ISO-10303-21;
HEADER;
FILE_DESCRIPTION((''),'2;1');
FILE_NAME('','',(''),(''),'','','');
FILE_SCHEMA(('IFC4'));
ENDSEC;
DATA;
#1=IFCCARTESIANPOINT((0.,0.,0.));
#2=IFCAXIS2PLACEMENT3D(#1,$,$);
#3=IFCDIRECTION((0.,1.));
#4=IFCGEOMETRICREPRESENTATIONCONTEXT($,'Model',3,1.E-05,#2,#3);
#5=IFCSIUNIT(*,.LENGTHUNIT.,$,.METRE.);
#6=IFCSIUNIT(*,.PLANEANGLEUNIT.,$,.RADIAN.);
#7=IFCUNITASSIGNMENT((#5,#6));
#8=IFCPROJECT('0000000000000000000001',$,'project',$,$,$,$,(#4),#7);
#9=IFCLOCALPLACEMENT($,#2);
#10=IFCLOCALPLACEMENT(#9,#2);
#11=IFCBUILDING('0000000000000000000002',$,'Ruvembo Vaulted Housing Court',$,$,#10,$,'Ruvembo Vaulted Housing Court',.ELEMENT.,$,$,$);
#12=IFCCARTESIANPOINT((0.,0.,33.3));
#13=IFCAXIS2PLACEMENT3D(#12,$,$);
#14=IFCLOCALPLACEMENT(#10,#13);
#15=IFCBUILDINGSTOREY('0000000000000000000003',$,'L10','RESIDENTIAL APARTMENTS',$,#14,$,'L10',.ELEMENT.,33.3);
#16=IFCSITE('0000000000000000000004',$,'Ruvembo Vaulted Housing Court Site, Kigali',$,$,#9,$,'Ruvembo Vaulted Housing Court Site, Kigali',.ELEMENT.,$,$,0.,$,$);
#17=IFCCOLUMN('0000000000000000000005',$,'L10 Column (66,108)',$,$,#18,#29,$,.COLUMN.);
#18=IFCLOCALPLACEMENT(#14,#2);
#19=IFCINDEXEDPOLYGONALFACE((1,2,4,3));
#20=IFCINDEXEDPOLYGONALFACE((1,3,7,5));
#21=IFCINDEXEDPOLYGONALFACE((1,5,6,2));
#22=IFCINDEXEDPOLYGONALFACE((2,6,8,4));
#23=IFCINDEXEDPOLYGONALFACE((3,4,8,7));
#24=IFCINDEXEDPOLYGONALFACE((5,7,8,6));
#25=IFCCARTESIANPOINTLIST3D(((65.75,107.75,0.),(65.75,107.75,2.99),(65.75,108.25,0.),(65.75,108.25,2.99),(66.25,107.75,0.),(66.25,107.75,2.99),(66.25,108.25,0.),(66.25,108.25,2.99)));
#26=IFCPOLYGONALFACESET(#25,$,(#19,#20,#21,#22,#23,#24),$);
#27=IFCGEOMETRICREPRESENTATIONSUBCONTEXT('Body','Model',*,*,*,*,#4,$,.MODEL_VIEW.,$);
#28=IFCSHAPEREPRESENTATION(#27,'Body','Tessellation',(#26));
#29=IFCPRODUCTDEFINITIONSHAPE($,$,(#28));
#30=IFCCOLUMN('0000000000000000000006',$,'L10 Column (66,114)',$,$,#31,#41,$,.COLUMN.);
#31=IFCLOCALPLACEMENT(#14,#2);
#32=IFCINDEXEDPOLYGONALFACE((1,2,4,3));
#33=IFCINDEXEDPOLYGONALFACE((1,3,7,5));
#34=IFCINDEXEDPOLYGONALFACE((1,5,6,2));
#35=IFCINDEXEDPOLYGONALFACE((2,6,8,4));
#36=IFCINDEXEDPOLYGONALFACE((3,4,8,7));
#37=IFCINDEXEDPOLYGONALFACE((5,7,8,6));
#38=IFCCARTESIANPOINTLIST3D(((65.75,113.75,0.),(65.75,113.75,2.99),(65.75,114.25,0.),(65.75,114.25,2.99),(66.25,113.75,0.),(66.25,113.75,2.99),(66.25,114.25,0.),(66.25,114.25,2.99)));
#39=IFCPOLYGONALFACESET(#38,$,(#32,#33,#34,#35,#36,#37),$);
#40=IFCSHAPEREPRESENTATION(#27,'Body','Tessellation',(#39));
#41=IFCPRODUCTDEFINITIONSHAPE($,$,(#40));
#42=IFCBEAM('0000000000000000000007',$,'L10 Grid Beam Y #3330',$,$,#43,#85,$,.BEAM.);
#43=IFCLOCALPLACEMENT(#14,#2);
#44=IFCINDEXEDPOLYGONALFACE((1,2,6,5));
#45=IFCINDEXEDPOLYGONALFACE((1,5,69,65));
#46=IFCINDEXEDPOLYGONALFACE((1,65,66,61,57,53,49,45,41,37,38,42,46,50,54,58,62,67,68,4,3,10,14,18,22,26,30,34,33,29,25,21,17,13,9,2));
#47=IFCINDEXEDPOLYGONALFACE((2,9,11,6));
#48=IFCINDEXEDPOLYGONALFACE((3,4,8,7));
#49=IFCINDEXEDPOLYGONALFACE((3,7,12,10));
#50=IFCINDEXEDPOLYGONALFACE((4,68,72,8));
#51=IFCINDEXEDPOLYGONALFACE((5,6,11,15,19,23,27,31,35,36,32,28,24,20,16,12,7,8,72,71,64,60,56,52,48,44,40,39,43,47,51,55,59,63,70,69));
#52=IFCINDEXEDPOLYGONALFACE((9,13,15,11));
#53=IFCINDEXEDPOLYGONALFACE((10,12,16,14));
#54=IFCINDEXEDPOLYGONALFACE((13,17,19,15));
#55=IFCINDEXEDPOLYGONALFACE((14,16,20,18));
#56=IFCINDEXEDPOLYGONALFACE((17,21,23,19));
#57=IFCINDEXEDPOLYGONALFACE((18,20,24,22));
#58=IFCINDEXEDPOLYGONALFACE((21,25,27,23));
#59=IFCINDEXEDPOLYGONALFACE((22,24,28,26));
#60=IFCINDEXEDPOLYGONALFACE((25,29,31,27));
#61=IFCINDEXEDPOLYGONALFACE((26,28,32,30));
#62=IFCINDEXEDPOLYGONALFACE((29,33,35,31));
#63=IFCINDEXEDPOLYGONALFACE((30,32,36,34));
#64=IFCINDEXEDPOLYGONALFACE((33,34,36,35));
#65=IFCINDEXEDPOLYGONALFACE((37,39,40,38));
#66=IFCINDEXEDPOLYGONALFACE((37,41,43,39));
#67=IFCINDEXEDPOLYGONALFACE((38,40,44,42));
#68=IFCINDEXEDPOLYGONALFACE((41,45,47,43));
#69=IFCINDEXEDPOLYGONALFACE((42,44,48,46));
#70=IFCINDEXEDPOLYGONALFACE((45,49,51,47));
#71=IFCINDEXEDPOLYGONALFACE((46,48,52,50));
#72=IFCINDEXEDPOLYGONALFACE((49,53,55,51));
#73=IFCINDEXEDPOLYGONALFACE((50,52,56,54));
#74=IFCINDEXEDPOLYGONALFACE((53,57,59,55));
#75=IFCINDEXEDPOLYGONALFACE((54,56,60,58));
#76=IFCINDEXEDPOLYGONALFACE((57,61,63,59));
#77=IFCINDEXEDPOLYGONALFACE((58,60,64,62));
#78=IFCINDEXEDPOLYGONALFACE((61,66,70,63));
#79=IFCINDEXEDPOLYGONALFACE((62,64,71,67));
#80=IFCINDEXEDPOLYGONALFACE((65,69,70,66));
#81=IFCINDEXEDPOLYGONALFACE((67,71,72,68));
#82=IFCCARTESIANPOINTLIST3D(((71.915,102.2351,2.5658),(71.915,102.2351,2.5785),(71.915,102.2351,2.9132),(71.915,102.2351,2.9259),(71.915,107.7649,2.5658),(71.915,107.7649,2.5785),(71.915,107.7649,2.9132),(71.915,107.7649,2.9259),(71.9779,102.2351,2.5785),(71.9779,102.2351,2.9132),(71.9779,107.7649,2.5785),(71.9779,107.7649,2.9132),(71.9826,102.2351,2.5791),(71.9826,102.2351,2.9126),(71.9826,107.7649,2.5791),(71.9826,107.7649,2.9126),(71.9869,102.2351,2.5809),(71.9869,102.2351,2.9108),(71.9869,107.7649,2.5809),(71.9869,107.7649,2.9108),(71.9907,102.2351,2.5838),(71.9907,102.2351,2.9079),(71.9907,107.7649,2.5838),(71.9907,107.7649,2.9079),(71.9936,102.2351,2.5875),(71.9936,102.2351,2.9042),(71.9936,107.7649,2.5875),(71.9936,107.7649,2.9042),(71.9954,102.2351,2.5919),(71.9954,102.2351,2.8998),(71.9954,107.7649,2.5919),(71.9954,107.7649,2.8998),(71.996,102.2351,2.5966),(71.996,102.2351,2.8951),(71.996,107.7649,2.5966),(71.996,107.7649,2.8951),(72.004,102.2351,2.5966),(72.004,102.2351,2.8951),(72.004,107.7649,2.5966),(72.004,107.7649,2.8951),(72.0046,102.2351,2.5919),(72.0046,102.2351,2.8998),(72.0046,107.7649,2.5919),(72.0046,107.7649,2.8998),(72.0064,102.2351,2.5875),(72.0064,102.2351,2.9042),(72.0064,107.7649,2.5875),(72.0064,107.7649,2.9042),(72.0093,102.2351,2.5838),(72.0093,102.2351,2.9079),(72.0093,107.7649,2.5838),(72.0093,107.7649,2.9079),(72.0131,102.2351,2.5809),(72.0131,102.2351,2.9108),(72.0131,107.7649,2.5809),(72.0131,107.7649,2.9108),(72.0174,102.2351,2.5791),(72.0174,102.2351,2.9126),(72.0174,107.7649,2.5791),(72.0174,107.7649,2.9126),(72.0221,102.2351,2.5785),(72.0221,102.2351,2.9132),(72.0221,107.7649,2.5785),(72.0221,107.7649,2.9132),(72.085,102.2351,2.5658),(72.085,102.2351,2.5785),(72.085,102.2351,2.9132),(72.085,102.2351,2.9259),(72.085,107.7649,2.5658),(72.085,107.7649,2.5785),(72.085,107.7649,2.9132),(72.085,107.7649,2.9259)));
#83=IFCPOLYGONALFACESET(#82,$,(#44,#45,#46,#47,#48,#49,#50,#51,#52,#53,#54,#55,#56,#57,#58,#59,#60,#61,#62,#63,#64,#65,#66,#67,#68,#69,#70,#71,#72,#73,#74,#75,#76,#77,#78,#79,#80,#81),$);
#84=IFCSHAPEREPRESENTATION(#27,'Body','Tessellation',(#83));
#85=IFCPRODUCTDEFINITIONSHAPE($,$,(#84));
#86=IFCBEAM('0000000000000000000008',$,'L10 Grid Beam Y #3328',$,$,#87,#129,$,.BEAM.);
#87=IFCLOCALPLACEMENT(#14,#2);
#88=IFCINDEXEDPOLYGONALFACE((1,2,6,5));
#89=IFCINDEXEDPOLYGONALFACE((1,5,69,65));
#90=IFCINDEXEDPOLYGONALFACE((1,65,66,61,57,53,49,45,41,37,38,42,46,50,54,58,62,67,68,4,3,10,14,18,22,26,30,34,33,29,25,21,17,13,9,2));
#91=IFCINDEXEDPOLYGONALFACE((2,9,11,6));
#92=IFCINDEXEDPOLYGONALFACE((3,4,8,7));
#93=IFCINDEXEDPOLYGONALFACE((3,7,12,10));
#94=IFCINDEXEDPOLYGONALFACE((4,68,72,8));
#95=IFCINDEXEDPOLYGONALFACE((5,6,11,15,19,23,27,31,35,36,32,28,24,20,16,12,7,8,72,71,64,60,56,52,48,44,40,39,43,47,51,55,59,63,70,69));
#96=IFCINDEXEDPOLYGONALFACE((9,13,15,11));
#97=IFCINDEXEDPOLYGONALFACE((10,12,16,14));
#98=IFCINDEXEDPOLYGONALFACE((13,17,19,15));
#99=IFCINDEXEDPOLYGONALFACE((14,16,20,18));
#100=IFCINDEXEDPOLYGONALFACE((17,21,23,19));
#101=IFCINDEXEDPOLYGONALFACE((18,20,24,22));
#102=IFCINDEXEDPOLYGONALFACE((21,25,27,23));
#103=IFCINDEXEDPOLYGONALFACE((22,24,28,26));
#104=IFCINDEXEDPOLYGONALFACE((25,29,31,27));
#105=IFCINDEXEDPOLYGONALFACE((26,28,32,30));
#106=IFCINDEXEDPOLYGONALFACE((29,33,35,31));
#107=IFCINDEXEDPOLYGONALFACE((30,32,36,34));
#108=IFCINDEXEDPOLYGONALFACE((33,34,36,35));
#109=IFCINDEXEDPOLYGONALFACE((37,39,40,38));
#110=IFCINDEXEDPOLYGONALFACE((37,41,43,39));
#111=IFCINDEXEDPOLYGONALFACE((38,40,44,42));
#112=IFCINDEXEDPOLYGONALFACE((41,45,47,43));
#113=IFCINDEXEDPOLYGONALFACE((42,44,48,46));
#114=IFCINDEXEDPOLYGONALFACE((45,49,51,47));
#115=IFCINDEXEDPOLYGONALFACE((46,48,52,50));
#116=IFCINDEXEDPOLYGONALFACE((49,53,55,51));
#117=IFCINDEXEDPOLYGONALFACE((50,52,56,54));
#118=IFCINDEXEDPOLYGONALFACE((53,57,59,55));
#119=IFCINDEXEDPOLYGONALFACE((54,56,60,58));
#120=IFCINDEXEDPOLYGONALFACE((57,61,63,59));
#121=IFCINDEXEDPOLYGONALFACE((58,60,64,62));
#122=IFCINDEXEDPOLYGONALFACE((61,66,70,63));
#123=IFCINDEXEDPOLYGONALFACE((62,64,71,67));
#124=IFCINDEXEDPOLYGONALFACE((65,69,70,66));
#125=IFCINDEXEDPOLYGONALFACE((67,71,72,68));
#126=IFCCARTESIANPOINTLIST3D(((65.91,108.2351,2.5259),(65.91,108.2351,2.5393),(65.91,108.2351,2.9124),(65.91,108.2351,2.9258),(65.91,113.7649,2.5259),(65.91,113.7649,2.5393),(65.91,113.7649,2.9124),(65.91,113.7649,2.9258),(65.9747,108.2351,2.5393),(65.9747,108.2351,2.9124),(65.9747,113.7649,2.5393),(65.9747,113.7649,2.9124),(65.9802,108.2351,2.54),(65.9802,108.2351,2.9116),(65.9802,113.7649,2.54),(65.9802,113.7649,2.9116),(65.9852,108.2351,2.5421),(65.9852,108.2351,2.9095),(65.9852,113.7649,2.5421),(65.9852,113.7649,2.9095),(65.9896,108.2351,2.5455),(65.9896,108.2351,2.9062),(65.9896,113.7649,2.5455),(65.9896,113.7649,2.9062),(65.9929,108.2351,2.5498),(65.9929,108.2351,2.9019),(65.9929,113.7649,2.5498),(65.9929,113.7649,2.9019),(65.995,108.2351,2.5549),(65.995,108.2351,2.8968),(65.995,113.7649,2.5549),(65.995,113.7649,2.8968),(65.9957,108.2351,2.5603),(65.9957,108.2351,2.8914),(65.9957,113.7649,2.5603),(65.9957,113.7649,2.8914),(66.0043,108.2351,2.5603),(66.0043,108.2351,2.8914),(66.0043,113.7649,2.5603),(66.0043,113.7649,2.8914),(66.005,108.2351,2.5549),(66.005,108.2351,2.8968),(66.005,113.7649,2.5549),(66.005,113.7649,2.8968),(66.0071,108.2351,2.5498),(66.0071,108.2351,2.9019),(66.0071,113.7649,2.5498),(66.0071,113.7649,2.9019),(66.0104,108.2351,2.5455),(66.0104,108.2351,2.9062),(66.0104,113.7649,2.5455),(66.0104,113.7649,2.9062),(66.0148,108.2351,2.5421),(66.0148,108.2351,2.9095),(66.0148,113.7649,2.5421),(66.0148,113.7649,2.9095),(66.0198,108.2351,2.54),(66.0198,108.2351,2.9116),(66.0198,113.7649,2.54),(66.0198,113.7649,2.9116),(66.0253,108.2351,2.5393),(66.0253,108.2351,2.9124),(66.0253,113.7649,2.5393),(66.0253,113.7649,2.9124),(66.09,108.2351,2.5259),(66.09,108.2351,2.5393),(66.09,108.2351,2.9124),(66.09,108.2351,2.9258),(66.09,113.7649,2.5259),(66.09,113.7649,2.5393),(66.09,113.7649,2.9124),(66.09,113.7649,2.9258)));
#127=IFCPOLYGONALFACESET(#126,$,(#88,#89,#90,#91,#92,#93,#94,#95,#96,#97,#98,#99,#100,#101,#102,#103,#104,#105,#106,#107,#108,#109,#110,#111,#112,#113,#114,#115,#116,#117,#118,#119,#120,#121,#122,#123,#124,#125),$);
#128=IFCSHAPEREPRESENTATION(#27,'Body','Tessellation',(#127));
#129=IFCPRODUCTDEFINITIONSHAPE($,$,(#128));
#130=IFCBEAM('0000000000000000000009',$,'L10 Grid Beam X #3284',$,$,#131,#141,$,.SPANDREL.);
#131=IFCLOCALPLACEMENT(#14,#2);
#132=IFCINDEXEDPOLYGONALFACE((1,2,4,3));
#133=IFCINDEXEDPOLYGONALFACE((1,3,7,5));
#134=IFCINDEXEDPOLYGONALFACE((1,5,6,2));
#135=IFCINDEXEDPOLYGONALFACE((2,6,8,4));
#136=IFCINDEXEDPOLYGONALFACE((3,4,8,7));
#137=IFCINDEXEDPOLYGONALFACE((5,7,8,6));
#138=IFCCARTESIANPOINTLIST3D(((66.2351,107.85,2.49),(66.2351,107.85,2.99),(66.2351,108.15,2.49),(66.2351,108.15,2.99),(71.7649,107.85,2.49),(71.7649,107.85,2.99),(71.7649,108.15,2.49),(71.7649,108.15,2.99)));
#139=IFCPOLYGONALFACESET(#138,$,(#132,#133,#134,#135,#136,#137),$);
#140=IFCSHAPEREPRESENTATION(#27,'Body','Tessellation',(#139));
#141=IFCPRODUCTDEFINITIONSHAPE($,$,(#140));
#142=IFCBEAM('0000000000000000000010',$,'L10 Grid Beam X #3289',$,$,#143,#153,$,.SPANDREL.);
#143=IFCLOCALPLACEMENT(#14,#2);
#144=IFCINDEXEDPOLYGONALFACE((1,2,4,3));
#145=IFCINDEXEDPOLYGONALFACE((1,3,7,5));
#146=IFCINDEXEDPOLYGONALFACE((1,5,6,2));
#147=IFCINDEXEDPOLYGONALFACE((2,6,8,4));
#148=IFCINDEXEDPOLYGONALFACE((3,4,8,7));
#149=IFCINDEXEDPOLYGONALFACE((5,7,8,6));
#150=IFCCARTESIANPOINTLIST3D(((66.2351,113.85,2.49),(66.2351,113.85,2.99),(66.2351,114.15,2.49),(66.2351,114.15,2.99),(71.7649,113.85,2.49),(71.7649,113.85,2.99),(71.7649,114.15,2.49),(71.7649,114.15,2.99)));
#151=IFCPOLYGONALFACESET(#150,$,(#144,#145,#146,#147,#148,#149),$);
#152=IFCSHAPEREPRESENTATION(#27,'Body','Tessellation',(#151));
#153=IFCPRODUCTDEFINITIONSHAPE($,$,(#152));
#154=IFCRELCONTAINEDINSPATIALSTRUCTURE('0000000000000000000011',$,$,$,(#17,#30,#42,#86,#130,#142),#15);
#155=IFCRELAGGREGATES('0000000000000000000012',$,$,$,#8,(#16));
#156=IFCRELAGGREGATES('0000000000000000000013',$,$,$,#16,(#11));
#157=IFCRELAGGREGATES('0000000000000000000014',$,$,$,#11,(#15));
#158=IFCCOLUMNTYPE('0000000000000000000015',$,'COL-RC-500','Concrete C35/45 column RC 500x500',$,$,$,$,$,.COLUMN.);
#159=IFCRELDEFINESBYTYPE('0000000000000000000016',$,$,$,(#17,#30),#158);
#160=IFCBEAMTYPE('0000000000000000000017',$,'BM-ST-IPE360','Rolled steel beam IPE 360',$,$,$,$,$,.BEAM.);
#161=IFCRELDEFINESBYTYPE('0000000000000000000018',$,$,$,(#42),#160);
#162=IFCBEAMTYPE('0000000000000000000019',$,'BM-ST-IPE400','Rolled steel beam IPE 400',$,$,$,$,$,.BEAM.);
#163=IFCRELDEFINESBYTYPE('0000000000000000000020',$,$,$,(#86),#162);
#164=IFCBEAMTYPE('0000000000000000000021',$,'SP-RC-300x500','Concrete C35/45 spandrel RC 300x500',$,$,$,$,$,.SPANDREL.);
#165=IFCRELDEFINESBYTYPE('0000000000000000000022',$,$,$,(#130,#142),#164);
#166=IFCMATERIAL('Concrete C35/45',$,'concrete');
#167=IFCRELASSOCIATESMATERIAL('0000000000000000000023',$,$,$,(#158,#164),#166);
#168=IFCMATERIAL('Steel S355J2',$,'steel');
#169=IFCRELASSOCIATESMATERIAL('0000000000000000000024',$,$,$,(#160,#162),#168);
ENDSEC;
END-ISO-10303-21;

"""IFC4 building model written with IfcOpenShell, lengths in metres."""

from ifc_helpers import new_model, si_unit, direction, frame, origin, origin_2d, place, context, subcontext, project, spatial, rectangle, i_section, extrude, material, material_profile, profile_set, type_object, element, save


model = new_model("IFC4")

# Units and contexts
model_context = context("Model", 3, precision=1e-05, world=origin(), true_north=direction((0.0, 1.0)))
body_context = subcontext(model_context, "Body", "Model", "MODEL_VIEW")
ifc_project = project(units=[si_unit("LENGTHUNIT", "METRE"), si_unit("PLANEANGLEUNIT", "RADIAN")], contexts=[model_context])

# Site, building, storey
site_placement = place(None, origin())
site = spatial("IfcSite", under=ifc_project, at=site_placement, Name="Ruvembo Vaulted Housing Court Site, Kigali", LongName="Ruvembo Vaulted Housing Court Site, Kigali", CompositionType="ELEMENT", RefElevation=0.0)
building_placement = place(site_placement, origin())
building = spatial("IfcBuilding", under=site, at=building_placement, Name="Ruvembo Vaulted Housing Court", LongName="Ruvembo Vaulted Housing Court", CompositionType="ELEMENT")
storey_placement = place(building_placement, frame((0.0, 0.0, 33.3)))
storey = spatial("IfcBuildingStorey", under=building, at=storey_placement, Name="L10", Description="RESIDENTIAL APARTMENTS", LongName="L10", CompositionType="ELEMENT", Elevation=33.3)

# Columns
ifc_material_1 = material(Name="Concrete C35/45", Category="concrete")
ifc_material_profile_1 = material_profile(ifc_material_1, rectangle(XDim=0.5, YDim=0.5, at=origin_2d()), Name="RC 500x500")
ifc_profile_set_1 = profile_set([ifc_material_profile_1], Name="Concrete C35/45")
column_type = type_object("IfcColumnType", Name="COL-RC-500", Description="Concrete C35/45 column RC 500x500", PredefinedType="COLUMN", material=ifc_profile_set_1)
for number, where, z_axis, x_axis, name in (
    (1, (66.0, 108.0, 0.0), (0.0, 0.0, 1.0), (1.0, 0.0, 0.0), "L10 Column (66,108)"),
    (2, (66.0, 114.0, 0.0), (0.0, 0.0, 1.0), (1.0, 0.0, 0.0), "L10 Column (66,114)"),
):
    element("IfcColumn", number, at=place(storey_placement, frame(where, z_axis=z_axis, x_axis=x_axis)), inside=storey, type_object=column_type, Name=name, PredefinedType="COLUMN", context=body_context, shape_type="SweptSolid", body=[
        extrude(rectangle(XDim=0.5, YDim=0.5, at=origin_2d()), origin(), (0.0, 0.0, 1.0), 2.99),
    ])

# Beams
ifc_material_2 = material(Name="Steel S355J2", Category="steel")
ifc_material_profile_2 = material_profile(ifc_material_2, i_section(OverallWidth=0.1699, OverallDepth=0.3601, WebThickness=0.0081, FlangeThickness=0.0127, FilletRadius=0.0181, at=origin_2d()), Name="IPE 360")
ifc_profile_set_2 = profile_set([ifc_material_profile_2], Name="Steel S355J2")
beam_type_1 = type_object("IfcBeamType", Name="BM-ST-IPE360", Description="Rolled steel beam IPE 360", PredefinedType="BEAM", material=ifc_profile_set_2)
beam_1_placement = place(storey_placement, frame((72.0, 102.2351, 2.7458), z_axis=(0.0, 1.0, 0.0), x_axis=(-1.0, 0.0, 0.0)))
element("IfcBeam", 3, at=beam_1_placement, inside=storey, type_object=beam_type_1, Name="L10 Grid Beam Y #3330", PredefinedType="BEAM", context=body_context, shape_type="SweptSolid", body=[
    extrude(i_section(OverallWidth=0.1699, OverallDepth=0.3601, WebThickness=0.0081, FlangeThickness=0.0127, FilletRadius=0.0181, at=origin_2d()), origin(), (0.0, 0.0, 1.0), 5.5298),
])
ifc_material_profile_3 = material_profile(ifc_material_2, i_section(OverallWidth=0.1799, OverallDepth=0.3999, WebThickness=0.0085, FlangeThickness=0.0134, FilletRadius=0.021, at=origin_2d()), Name="IPE 400")
ifc_profile_set_3 = profile_set([ifc_material_profile_3], Name="Steel S355J2")
beam_type_2 = type_object("IfcBeamType", Name="BM-ST-IPE400", Description="Rolled steel beam IPE 400", PredefinedType="BEAM", material=ifc_profile_set_3)
beam_2_placement = place(storey_placement, frame((66.0, 108.2351, 2.7258), z_axis=(0.0, 1.0, 0.0), x_axis=(-1.0, 0.0, 0.0)))
element("IfcBeam", 4, at=beam_2_placement, inside=storey, type_object=beam_type_2, Name="L10 Grid Beam Y #3328", PredefinedType="BEAM", context=body_context, shape_type="SweptSolid", body=[
    extrude(i_section(OverallWidth=0.1799, OverallDepth=0.3999, WebThickness=0.0085, FlangeThickness=0.0134, FilletRadius=0.021, at=origin_2d()), origin(), (0.0, 0.0, 1.0), 5.5298),
])
ifc_material_profile_4 = material_profile(ifc_material_1, rectangle(XDim=0.3, YDim=0.5, at=origin_2d()), Name="RC 300x500")
ifc_profile_set_4 = profile_set([ifc_material_profile_4], Name="Concrete C35/45")
beam_type_3 = type_object("IfcBeamType", Name="SP-RC-300x500", Description="Concrete C35/45 spandrel RC 300x500", PredefinedType="SPANDREL", material=ifc_profile_set_4)
for number, where, z_axis, x_axis, name in (
    (5, (66.2351, 108.0, 2.74), (1.0, 0.0, 0.0), (0.0, 1.0, 0.0), "L10 Grid Beam X #3284"),
    (6, (66.2351, 114.0, 2.74), (1.0, 0.0, 0.0), (0.0, 1.0, 0.0), "L10 Grid Beam X #3289"),
):
    element("IfcBeam", number, at=place(storey_placement, frame(where, z_axis=z_axis, x_axis=x_axis)), inside=storey, type_object=beam_type_3, Name=name, PredefinedType="SPANDREL", context=body_context, shape_type="SweptSolid", body=[
        extrude(rectangle(XDim=0.3, YDim=0.5, at=origin_2d()), origin(), (0.0, 0.0, 1.0), 5.5298),
    ])

save(model, "model.ifc")
